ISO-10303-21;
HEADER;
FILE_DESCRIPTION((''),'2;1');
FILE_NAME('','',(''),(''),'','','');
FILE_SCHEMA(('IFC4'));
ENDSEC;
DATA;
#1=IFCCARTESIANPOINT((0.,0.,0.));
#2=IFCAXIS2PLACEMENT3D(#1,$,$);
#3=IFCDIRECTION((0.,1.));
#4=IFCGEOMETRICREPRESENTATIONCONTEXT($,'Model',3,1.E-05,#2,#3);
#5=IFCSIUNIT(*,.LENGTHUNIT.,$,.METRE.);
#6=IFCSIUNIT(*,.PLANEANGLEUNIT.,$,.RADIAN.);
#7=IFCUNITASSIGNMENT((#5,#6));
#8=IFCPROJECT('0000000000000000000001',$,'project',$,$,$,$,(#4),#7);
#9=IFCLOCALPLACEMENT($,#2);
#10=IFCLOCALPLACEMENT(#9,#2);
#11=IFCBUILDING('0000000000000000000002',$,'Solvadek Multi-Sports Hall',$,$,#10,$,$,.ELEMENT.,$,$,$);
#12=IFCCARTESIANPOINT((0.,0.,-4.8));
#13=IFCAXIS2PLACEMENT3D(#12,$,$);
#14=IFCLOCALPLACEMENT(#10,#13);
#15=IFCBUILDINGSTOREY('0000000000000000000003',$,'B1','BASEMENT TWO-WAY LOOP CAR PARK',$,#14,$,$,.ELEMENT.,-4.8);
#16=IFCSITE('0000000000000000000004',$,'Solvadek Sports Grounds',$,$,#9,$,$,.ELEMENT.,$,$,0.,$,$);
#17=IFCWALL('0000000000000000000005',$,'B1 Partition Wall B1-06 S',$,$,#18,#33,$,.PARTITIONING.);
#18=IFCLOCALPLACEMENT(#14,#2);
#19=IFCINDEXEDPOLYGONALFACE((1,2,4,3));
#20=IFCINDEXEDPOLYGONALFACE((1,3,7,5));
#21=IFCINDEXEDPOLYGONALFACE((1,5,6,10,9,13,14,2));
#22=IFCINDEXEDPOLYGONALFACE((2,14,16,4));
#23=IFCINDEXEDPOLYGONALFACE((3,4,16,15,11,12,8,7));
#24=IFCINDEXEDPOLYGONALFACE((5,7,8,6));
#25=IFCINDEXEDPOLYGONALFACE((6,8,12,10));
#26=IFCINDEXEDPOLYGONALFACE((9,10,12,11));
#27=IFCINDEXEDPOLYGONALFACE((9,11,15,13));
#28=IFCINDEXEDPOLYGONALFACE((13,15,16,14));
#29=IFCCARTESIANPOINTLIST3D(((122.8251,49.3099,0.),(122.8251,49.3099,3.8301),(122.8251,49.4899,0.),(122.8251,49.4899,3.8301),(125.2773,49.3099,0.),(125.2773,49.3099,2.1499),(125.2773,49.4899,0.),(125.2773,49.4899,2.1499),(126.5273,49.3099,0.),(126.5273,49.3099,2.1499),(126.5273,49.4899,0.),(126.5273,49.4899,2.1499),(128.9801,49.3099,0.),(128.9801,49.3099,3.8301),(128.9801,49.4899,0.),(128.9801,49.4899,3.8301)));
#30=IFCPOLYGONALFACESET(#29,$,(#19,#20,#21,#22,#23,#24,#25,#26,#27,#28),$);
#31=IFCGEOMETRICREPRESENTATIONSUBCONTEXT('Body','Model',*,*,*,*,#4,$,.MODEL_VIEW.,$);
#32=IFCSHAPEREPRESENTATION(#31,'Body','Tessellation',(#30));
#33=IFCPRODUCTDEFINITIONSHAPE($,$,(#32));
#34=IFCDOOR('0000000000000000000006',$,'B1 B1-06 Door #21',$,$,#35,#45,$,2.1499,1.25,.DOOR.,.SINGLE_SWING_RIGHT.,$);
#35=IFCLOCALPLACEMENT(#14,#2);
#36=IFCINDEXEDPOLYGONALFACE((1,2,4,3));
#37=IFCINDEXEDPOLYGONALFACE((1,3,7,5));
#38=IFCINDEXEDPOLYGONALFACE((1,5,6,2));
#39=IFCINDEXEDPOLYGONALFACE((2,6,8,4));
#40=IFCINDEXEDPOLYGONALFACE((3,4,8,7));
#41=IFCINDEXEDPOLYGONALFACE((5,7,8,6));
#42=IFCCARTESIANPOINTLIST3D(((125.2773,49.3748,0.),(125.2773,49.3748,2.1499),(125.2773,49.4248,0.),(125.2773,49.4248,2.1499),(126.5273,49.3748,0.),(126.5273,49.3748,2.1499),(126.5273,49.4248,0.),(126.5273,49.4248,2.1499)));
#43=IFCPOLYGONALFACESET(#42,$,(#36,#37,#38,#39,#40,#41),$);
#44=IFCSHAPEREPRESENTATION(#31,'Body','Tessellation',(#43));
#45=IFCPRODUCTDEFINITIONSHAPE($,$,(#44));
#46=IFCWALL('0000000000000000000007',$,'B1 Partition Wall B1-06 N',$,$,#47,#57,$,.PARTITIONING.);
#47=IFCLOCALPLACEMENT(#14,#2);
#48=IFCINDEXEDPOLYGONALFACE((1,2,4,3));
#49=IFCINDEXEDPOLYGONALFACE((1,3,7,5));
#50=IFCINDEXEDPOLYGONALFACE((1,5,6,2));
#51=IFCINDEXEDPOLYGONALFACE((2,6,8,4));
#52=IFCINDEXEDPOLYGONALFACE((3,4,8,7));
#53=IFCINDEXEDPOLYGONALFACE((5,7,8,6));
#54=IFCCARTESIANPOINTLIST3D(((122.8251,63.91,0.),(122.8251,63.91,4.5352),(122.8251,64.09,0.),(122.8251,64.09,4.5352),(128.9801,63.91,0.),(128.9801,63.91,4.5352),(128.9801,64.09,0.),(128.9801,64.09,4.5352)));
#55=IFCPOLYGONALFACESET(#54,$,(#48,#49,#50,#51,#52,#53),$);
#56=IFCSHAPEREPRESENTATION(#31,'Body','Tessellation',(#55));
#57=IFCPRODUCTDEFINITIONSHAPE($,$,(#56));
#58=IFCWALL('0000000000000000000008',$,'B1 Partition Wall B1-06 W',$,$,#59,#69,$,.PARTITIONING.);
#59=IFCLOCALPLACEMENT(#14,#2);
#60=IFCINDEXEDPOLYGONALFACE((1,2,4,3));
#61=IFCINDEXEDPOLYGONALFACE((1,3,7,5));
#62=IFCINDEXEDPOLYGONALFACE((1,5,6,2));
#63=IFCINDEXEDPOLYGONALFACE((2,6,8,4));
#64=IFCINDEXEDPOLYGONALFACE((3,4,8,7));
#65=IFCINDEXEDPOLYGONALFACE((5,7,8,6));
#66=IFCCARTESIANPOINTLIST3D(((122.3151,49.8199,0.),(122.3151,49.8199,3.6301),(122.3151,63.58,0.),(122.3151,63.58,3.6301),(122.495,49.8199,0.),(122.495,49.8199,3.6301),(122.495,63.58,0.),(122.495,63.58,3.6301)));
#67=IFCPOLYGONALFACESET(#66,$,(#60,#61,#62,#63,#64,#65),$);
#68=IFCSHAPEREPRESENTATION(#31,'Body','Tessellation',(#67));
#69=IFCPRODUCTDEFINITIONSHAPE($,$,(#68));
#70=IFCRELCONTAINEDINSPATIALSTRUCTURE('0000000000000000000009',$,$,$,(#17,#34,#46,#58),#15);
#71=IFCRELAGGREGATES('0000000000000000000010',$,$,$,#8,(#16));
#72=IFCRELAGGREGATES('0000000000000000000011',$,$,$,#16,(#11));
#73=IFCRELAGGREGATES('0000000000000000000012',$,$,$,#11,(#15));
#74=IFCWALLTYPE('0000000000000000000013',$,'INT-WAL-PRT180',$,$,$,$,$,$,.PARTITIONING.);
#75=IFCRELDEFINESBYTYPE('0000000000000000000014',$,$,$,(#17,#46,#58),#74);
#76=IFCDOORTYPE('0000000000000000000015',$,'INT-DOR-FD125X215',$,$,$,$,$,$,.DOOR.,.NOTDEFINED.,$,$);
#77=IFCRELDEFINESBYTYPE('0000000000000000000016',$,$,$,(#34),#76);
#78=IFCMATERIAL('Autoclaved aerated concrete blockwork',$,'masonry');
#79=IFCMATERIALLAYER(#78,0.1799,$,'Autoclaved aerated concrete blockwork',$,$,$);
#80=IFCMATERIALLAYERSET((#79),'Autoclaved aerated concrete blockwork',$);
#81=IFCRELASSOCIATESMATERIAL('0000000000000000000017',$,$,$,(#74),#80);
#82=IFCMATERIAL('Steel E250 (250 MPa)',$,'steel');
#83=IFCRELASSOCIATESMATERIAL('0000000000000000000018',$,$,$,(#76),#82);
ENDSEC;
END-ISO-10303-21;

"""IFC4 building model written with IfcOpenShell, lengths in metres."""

from ifc_helpers import new_model, si_unit, direction, frame, frame_2d, origin, place, context, subcontext, project, spatial, rectangle, extrude, material, layer, layer_set, type_object, element, fill, save


model = new_model("IFC4")

# Units and contexts
model_context = context("Model", 3, precision=1e-05, world=origin(), true_north=direction((0.0, 1.0)))
body_context = subcontext(model_context, "Body", "Model", "MODEL_VIEW")
ifc_project = project(units=[si_unit("LENGTHUNIT", "METRE"), si_unit("PLANEANGLEUNIT", "RADIAN")], contexts=[model_context])

# Site, building, storey
site_placement = place(None, origin())
site = spatial("IfcSite", under=ifc_project, at=site_placement, Name="Solvadek Sports Grounds", CompositionType="ELEMENT", RefElevation=0.0)
building_placement = place(site_placement, origin())
building = spatial("IfcBuilding", under=site, at=building_placement, Name="Solvadek Multi-Sports Hall", CompositionType="ELEMENT")
storey_placement = place(building_placement, frame((0.0, 0.0, -4.8)))
storey = spatial("IfcBuildingStorey", under=building, at=storey_placement, Name="B1", Description="BASEMENT TWO-WAY LOOP CAR PARK", CompositionType="ELEMENT", Elevation=-4.8)

# Wall, opening, door
ifc_material_1 = material(Name="Autoclaved aerated concrete blockwork", Category="masonry")
ifc_layer_1 = layer(ifc_material_1, 0.1799, Name="Autoclaved aerated concrete blockwork")
ifc_layer_set_1 = layer_set([ifc_layer_1], Name="Autoclaved aerated concrete blockwork")
wall_type = type_object("IfcWallType", Name="INT-WAL-PRT180", PredefinedType="PARTITIONING", material=ifc_layer_set_1)
wall_1_placement = place(storey_placement, frame((122.825, 49.3999, 0.0), z_axis=(0.0, 0.0, 1.0), x_axis=(1.0, 0.0, 0.0)))
wall_1 = element("IfcWall", 1, at=wall_1_placement, inside=storey, type_object=wall_type, Name="B1 Partition Wall B1-06 S", PredefinedType="PARTITIONING", context=body_context, shape_type="SweptSolid", body=[
    extrude(rectangle(XDim=6.155, YDim=0.1799, at=frame_2d((3.0776, 0.0))), origin(), (0.0, 0.0, 1.0), 3.8301),
])
opening_placement = place(wall_1_placement, frame((2.4524, 0.0, 0.0)))
opening = element("IfcOpeningElement", 2, at=opening_placement, cuts=wall_1, PredefinedType="OPENING", context=body_context, shape_type="SweptSolid", body=[
    extrude(rectangle(XDim=1.25, YDim=2.1499, at=frame_2d((0.625, 1.075))), frame((0.0, 0.0999, 0.0), z_axis=(0.0, -1.0, 0.0), x_axis=(1.0, 0.0, 0.0)), (0.0, 0.0, 1.0), 0.2),
])
ifc_material_2 = material(Name="Steel E250 (250 MPa)", Category="steel")
door_type = type_object("IfcDoorType", Name="INT-DOR-FD125X215", OperationType="NOTDEFINED", PredefinedType="DOOR", material=ifc_material_2)
door_placement = place(opening_placement, origin())
door = element("IfcDoor", 3, at=door_placement, inside=storey, type_object=door_type, Name="B1 B1-06 Door #21", OperationType="SINGLE_SWING_RIGHT", OverallHeight=2.1499, OverallWidth=1.25, PredefinedType="DOOR", context=body_context, shape_type="SweptSolid", body=[
    extrude(rectangle(XDim=1.25, YDim=2.1499, at=frame_2d((0.625, 1.075))), frame((0.0, 0.0249, 0.0), z_axis=(0.0, -1.0, 0.0), x_axis=(1.0, 0.0, 0.0)), (0.0, 0.0, 1.0), 0.05),
])
fill(opening, door)

# Walls
wall_2_placement = place(storey_placement, frame((122.825, 64.0, 0.0), z_axis=(0.0, 0.0, 1.0), x_axis=(1.0, 0.0, 0.0)))
element("IfcWall", 4, at=wall_2_placement, inside=storey, type_object=wall_type, Name="B1 Partition Wall B1-06 N", PredefinedType="PARTITIONING", context=body_context, shape_type="SweptSolid", body=[
    extrude(rectangle(XDim=6.155, YDim=0.1799, at=frame_2d((3.0776, 0.0))), origin(), (0.0, 0.0, 1.0), 4.5352),
])
wall_3_placement = place(storey_placement, frame((122.405, 49.8201, 0.0), z_axis=(0.0, 0.0, 1.0), x_axis=(0.0, 1.0, 0.0)))
element("IfcWall", 5, at=wall_3_placement, inside=storey, type_object=wall_type, Name="B1 Partition Wall B1-06 W", PredefinedType="PARTITIONING", context=body_context, shape_type="SweptSolid", body=[
    extrude(rectangle(XDim=13.76, YDim=0.1799, at=frame_2d((6.8799, 0.0))), origin(), (0.0, 0.0, 1.0), 3.6301),
])

save(model, "model.ifc")
